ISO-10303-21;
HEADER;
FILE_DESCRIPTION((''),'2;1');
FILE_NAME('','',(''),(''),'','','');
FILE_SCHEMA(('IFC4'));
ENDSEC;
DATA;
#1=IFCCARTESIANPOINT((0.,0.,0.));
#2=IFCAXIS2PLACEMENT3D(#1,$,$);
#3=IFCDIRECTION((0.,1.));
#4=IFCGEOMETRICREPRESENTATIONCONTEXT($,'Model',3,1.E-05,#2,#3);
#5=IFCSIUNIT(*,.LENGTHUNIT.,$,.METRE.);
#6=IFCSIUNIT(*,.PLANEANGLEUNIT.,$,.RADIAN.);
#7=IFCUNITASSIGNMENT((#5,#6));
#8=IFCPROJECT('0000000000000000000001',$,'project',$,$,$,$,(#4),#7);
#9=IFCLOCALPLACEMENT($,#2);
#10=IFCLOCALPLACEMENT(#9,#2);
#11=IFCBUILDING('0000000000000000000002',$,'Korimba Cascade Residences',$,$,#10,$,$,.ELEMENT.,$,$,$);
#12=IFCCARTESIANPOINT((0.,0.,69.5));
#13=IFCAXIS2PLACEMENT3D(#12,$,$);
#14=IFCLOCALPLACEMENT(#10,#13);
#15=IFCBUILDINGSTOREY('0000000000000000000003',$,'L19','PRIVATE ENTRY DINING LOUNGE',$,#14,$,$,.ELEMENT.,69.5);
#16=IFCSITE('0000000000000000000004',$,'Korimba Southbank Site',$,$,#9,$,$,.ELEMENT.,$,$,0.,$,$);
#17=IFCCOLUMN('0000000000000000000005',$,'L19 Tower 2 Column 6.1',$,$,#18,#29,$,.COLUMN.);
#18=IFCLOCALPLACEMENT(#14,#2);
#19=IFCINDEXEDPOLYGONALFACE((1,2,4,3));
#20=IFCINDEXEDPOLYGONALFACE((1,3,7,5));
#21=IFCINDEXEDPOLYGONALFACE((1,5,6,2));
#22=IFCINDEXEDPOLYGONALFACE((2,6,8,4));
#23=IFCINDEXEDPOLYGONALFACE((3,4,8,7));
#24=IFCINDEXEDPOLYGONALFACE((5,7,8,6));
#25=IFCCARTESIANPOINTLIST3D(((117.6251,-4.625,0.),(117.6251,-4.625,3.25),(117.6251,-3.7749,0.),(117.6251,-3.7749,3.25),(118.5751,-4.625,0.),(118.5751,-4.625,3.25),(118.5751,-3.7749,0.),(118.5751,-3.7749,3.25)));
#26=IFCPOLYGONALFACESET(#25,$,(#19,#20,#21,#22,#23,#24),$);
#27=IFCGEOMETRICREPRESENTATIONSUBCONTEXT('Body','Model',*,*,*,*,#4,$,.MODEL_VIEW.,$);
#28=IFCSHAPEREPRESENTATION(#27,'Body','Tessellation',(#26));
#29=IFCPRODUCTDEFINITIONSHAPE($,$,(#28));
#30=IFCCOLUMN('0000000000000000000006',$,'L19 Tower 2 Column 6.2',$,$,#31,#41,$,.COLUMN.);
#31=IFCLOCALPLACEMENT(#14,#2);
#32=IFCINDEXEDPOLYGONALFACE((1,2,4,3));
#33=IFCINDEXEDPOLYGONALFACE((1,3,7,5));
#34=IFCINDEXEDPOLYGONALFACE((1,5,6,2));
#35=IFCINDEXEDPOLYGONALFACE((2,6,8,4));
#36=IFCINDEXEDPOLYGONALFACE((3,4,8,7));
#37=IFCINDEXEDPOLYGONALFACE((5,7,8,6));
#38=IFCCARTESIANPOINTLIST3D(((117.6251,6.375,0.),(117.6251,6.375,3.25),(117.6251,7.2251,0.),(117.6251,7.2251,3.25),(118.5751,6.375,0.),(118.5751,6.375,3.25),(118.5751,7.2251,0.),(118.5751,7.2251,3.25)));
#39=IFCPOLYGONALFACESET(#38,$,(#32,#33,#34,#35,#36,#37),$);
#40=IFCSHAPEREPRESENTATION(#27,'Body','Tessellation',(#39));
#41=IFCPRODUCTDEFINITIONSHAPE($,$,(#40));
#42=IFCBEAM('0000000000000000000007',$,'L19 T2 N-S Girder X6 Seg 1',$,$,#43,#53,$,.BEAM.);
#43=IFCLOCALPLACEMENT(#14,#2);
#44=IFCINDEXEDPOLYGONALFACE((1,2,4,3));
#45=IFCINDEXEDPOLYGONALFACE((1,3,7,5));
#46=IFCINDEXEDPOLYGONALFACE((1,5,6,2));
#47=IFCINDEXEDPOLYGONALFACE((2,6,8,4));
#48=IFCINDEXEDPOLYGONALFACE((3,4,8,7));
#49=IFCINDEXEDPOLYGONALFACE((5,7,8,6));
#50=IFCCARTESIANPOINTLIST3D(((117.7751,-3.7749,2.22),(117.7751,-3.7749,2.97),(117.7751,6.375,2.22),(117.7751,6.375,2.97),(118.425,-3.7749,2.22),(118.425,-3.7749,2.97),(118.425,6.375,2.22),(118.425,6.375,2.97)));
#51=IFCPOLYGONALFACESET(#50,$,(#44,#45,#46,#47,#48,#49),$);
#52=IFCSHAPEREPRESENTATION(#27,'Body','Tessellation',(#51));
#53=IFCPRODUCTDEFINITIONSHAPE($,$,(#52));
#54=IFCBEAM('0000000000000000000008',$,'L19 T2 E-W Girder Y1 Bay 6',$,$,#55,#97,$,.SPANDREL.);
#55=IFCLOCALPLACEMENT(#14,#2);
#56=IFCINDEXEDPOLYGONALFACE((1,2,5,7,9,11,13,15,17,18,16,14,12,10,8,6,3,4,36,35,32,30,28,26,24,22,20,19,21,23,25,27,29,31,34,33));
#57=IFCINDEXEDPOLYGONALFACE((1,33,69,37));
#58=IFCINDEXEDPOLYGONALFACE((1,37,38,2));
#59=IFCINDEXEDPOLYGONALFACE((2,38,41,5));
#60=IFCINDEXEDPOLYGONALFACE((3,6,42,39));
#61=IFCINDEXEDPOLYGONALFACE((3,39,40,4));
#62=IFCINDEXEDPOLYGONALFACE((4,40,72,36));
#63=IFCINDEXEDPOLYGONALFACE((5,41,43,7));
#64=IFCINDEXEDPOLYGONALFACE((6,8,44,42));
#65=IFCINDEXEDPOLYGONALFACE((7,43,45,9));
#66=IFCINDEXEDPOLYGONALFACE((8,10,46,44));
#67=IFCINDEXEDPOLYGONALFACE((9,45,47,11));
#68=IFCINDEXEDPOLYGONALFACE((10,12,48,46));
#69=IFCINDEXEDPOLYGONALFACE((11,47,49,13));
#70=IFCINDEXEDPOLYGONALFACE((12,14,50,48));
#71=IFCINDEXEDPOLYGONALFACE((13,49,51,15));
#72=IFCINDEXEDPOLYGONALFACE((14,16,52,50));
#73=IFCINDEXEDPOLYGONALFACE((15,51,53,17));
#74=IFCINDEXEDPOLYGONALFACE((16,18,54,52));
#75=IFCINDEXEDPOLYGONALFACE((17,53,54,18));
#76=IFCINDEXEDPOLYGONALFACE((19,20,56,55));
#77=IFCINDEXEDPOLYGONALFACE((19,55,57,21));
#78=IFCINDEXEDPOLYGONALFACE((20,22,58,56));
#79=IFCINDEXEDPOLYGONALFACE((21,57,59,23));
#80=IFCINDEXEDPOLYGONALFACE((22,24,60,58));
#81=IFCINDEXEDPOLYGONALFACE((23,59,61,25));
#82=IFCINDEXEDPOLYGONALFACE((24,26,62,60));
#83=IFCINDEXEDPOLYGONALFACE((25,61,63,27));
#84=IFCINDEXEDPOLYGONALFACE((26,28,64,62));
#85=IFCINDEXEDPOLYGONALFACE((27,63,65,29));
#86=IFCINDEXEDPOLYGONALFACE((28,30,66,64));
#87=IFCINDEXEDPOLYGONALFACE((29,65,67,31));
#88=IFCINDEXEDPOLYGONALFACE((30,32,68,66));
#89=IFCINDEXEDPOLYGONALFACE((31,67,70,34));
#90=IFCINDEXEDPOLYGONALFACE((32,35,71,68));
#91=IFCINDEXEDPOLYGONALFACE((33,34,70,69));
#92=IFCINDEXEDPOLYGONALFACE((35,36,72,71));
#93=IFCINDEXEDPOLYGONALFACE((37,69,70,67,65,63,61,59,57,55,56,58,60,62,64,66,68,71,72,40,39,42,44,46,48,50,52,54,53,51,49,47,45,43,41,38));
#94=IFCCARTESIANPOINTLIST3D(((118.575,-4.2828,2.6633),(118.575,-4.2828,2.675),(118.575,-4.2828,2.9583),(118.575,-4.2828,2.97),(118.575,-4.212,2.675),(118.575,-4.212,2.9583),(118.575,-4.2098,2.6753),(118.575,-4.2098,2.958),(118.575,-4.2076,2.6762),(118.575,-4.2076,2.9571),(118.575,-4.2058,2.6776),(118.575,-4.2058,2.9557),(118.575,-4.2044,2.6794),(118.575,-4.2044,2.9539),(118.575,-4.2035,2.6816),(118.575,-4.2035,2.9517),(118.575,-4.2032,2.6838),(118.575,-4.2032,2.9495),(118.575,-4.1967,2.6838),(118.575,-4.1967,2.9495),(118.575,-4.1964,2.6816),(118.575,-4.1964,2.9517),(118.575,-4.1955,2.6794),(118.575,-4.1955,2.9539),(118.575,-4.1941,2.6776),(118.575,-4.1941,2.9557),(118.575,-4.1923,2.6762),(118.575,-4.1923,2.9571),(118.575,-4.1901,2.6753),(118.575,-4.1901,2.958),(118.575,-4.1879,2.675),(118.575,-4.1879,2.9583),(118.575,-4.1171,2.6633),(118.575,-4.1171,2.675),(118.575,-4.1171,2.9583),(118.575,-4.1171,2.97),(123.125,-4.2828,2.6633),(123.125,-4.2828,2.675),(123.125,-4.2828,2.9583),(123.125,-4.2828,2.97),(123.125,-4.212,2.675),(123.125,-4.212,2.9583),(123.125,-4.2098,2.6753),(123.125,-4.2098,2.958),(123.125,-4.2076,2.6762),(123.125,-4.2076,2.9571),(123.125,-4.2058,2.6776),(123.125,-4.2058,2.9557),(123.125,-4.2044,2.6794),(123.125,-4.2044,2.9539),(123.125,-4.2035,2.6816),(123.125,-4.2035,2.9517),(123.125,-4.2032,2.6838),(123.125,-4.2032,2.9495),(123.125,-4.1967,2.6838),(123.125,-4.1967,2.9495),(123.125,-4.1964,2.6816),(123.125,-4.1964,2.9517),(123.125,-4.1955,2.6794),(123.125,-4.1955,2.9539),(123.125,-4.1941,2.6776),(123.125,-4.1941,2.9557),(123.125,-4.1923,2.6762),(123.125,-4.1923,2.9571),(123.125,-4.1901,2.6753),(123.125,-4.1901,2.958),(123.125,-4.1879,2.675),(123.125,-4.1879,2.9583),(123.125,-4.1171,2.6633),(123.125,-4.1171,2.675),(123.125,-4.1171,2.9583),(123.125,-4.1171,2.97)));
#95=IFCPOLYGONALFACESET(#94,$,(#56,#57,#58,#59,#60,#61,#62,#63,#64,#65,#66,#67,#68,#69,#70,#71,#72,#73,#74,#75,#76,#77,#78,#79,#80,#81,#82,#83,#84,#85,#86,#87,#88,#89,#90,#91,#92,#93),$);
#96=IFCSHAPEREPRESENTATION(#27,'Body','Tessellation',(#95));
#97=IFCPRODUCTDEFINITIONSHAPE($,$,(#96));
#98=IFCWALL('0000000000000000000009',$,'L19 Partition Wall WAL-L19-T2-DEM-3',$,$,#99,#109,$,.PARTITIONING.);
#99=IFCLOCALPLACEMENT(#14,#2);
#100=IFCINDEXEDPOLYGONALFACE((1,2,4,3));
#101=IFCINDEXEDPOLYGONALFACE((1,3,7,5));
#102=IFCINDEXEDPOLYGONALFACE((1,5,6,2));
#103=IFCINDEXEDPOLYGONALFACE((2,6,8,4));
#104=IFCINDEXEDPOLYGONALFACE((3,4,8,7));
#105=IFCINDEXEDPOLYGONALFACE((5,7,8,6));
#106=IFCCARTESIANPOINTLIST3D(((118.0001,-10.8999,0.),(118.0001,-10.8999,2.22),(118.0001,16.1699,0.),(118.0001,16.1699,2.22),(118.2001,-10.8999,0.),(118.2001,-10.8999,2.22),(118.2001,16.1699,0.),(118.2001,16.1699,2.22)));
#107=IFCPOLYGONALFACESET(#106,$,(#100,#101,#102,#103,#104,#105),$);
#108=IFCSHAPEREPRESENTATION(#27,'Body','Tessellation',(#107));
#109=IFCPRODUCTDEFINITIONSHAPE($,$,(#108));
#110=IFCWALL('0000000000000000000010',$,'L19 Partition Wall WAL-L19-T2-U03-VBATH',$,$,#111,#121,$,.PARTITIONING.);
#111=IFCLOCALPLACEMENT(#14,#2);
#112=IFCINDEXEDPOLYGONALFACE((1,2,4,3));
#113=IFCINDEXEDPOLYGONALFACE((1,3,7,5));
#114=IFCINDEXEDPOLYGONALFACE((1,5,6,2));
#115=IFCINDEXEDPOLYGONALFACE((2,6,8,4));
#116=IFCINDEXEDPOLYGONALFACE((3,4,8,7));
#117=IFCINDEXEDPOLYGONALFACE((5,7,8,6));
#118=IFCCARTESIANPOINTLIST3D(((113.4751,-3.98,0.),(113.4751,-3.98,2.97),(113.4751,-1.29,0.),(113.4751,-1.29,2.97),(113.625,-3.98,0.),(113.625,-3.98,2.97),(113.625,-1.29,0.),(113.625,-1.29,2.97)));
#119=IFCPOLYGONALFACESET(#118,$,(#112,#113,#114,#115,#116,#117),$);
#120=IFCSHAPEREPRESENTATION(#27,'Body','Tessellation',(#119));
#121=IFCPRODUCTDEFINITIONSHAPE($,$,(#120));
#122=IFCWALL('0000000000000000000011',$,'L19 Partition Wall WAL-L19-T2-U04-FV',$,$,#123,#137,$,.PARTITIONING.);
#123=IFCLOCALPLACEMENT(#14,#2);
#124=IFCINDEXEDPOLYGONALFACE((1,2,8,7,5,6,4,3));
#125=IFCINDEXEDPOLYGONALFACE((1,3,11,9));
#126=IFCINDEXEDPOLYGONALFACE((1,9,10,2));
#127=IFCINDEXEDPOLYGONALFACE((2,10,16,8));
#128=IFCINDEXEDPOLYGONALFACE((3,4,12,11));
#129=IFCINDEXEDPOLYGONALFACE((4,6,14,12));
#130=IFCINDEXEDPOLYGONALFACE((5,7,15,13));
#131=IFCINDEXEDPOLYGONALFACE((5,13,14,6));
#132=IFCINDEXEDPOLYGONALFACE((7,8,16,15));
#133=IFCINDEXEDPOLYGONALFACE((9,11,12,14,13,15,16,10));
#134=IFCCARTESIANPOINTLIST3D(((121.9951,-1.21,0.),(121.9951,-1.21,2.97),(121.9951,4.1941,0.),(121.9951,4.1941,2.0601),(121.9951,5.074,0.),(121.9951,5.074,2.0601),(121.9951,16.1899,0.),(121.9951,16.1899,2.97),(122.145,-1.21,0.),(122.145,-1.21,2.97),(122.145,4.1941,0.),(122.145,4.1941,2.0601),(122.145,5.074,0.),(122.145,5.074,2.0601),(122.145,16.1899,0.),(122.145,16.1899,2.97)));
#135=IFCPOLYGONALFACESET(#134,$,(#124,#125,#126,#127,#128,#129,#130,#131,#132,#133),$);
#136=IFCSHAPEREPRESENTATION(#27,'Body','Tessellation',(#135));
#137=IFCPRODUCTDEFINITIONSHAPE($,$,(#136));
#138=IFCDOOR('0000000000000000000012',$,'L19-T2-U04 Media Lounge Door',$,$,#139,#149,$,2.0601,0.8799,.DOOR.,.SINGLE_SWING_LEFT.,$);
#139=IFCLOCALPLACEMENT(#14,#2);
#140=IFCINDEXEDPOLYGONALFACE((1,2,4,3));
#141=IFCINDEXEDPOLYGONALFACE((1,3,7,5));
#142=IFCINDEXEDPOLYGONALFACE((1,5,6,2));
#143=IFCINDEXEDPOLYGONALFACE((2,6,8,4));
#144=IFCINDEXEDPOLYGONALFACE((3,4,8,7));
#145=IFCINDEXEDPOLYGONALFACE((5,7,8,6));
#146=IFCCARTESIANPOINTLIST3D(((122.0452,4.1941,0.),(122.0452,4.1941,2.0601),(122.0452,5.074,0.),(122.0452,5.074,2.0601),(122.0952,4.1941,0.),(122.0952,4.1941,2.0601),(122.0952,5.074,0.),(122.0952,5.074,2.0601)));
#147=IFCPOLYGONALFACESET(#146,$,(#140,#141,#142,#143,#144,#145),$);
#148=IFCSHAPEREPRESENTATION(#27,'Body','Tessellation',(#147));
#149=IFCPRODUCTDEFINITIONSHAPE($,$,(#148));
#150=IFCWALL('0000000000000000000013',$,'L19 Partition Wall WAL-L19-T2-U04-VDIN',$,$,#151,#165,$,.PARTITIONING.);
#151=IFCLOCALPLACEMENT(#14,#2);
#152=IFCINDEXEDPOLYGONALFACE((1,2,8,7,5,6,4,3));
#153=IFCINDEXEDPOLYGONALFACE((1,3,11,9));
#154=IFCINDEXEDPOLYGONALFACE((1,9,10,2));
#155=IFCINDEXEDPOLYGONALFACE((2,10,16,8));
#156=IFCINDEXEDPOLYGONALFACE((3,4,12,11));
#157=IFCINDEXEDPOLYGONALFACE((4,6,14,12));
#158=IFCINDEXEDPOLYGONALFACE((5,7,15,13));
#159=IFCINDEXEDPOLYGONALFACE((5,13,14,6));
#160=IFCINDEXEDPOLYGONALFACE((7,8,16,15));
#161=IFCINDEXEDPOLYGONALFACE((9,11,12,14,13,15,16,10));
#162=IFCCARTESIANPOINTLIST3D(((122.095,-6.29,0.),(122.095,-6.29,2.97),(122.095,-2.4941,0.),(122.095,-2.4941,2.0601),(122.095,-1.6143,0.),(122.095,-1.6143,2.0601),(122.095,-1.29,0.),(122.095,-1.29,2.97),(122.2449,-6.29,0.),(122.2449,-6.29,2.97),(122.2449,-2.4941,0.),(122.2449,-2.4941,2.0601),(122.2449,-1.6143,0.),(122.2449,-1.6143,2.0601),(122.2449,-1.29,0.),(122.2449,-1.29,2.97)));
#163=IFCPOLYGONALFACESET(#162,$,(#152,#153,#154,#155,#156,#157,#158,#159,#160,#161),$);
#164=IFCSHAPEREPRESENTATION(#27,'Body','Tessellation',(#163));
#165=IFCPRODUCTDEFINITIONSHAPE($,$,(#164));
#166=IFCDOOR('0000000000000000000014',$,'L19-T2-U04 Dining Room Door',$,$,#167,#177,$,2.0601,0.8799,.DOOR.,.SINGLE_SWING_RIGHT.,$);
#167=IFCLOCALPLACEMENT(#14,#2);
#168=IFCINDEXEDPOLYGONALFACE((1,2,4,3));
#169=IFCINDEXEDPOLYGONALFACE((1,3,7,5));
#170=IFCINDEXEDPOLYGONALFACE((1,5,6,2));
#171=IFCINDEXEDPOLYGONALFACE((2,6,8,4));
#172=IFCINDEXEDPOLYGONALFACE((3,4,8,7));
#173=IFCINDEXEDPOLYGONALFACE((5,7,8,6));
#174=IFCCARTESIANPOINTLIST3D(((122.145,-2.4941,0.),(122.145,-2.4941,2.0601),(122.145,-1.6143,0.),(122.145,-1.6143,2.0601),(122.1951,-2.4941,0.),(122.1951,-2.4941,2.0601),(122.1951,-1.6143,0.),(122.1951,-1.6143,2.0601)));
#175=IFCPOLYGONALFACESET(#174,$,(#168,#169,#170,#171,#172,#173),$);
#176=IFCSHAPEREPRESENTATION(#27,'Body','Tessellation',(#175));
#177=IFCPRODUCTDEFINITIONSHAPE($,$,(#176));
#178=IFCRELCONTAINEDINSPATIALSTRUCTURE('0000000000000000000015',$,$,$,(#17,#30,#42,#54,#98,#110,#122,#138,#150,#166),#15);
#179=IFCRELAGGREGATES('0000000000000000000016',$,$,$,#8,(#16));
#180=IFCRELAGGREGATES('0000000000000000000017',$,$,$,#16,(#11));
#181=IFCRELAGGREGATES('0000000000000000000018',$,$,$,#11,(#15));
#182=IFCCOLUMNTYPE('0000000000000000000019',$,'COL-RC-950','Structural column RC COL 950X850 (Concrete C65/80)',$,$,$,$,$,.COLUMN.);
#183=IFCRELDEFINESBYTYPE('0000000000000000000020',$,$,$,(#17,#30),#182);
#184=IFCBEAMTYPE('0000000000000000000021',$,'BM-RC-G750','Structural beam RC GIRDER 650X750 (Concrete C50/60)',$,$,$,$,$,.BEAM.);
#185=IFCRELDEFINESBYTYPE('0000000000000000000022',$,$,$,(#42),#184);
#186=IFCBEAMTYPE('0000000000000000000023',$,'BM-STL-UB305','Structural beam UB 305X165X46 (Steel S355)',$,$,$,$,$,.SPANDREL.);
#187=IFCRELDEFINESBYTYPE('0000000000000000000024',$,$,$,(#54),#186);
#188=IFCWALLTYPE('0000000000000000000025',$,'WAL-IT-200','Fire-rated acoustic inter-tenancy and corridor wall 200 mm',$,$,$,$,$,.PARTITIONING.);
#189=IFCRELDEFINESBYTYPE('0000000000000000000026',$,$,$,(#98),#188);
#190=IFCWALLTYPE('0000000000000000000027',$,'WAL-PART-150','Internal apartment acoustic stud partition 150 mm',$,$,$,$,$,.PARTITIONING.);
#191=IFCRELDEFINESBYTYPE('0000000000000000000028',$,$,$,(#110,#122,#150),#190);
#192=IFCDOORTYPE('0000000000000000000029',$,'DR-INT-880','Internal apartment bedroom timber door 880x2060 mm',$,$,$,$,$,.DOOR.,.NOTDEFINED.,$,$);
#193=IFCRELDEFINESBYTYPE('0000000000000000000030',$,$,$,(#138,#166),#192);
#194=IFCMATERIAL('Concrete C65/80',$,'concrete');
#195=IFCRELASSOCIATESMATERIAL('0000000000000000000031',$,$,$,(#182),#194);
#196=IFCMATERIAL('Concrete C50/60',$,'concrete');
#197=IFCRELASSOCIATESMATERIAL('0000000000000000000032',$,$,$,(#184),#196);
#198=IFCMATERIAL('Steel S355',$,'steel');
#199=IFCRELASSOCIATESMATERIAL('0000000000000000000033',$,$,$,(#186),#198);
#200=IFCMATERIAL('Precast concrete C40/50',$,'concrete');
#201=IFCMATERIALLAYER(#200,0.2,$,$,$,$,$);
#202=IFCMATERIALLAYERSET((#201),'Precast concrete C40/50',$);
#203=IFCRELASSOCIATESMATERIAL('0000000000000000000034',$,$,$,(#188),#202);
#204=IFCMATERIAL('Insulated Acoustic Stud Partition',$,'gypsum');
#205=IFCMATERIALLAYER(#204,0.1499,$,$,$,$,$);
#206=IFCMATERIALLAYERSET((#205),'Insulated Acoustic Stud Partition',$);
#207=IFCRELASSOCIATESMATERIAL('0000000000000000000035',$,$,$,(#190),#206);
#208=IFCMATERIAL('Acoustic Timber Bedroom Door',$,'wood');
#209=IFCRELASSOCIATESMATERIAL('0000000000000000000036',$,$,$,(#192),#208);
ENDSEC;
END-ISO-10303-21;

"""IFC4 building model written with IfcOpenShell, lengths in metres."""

from ifc_helpers import new_model, si_unit, direction, frame, frame_2d, origin, origin_2d, place, context, subcontext, project, spatial, rectangle, i_section, extrude, material, layer, layer_set, material_profile, profile_set, type_object, element, fill, save


model = new_model("IFC4")

# Units and contexts
model_context = context("Model", 3, precision=1e-05, world=origin(), true_north=direction((0.0, 1.0)))
body_context = subcontext(model_context, "Body", "Model", "MODEL_VIEW")
ifc_project = project(units=[si_unit("LENGTHUNIT", "METRE"), si_unit("PLANEANGLEUNIT", "RADIAN")], contexts=[model_context])

# Site, building, storey
site_placement = place(None, origin())
site = spatial("IfcSite", under=ifc_project, at=site_placement, Name="Korimba Southbank Site", CompositionType="ELEMENT", RefElevation=0.0)
building_placement = place(site_placement, origin())
building = spatial("IfcBuilding", under=site, at=building_placement, Name="Korimba Cascade Residences", CompositionType="ELEMENT")
storey_placement = place(building_placement, frame((0.0, 0.0, 69.5)))
storey = spatial("IfcBuildingStorey", under=building, at=storey_placement, Name="L19", Description="PRIVATE ENTRY DINING LOUNGE", CompositionType="ELEMENT", Elevation=69.5)

# Columns
ifc_material_1 = material(Name="Concrete C65/80", Category="concrete")
ifc_material_profile_1 = material_profile(ifc_material_1, rectangle(XDim=0.95, YDim=0.8501, at=origin_2d()), Name="Concrete C65/80")
ifc_profile_set_1 = profile_set([ifc_material_profile_1], Name="Concrete C65/80")
column_type = type_object("IfcColumnType", Name="COL-RC-950", Description="Structural column RC COL 950X850 (Concrete C65/80)", PredefinedType="COLUMN", material=ifc_profile_set_1)
for number, where, z_axis, x_axis, name in (
    (1, (118.1001, -4.2, 0.0), (0.0, 0.0, 1.0), (1.0, 0.0, 0.0), "L19 Tower 2 Column 6.1"),
    (2, (118.1001, 6.8, 0.0), (0.0, 0.0, 1.0), (1.0, 0.0, 0.0), "L19 Tower 2 Column 6.2"),
):
    element("IfcColumn", number, at=place(storey_placement, frame(where, z_axis=z_axis, x_axis=x_axis)), inside=storey, type_object=column_type, Name=name, PredefinedType="COLUMN", context=body_context, shape_type="SweptSolid", body=[
        extrude(rectangle(XDim=0.95, YDim=0.8501, at=origin_2d()), origin(), (0.0, 0.0, 1.0), 3.25),
    ])

# Beams
ifc_material_2 = material(Name="Concrete C50/60", Category="concrete")
ifc_material_profile_2 = material_profile(ifc_material_2, rectangle(XDim=0.6499, YDim=0.75, at=origin_2d()), Name="Concrete C50/60")
ifc_profile_set_2 = profile_set([ifc_material_profile_2], Name="Concrete C50/60")
beam_type_1 = type_object("IfcBeamType", Name="BM-RC-G750", Description="Structural beam RC GIRDER 650X750 (Concrete C50/60)", PredefinedType="BEAM", material=ifc_profile_set_2)
beam_1_placement = place(storey_placement, frame((118.1001, -3.7749, 2.595), z_axis=(0.0, 1.0, 0.0), x_axis=(-1.0, 0.0, 0.0)))
element("IfcBeam", 3, at=beam_1_placement, inside=storey, type_object=beam_type_1, Name="L19 T2 N-S Girder X6 Seg 1", PredefinedType="BEAM", context=body_context, shape_type="SweptSolid", body=[
    extrude(rectangle(XDim=0.6499, YDim=0.75, at=origin_2d()), origin(), (0.0, 0.0, 1.0), 10.1499),
])
ifc_material_3 = material(Name="Steel S355", Category="steel")
ifc_material_profile_3 = material_profile(ifc_material_3, i_section(OverallWidth=0.1658, OverallDepth=0.3066, WebThickness=0.0066, FlangeThickness=0.0117, FilletRadius=0.0088, at=origin_2d()), Name="Steel S355")
ifc_profile_set_3 = profile_set([ifc_material_profile_3], Name="Steel S355")
beam_type_2 = type_object("IfcBeamType", Name="BM-STL-UB305", Description="Structural beam UB 305X165X46 (Steel S355)", PredefinedType="SPANDREL", material=ifc_profile_set_3)
beam_2_placement = place(storey_placement, frame((118.575, -4.2, 2.8167), z_axis=(1.0, 0.0, 0.0), x_axis=(0.0, 1.0, 0.0)))
element("IfcBeam", 4, at=beam_2_placement, inside=storey, type_object=beam_type_2, Name="L19 T2 E-W Girder Y1 Bay 6", PredefinedType="SPANDREL", context=body_context, shape_type="SweptSolid", body=[
    extrude(i_section(OverallWidth=0.1658, OverallDepth=0.3066, WebThickness=0.0066, FlangeThickness=0.0117, FilletRadius=0.0088, at=origin_2d()), origin(), (0.0, 0.0, 1.0), 4.55),
])

# Walls
ifc_material_4 = material(Name="Precast concrete C40/50", Category="concrete")
ifc_layer_1 = layer(ifc_material_4, 0.2)
ifc_layer_set_1 = layer_set([ifc_layer_1], Name="Precast concrete C40/50")
wall_type_1 = type_object("IfcWallType", Name="WAL-IT-200", Description="Fire-rated acoustic inter-tenancy and corridor wall 200 mm", PredefinedType="PARTITIONING", material=ifc_layer_set_1)
wall_1_placement = place(storey_placement, frame((118.1001, -10.8999, 0.0), z_axis=(0.0, 0.0, 1.0), x_axis=(0.0, 1.0, 0.0)))
element("IfcWall", 5, at=wall_1_placement, inside=storey, type_object=wall_type_1, Name="L19 Partition Wall WAL-L19-T2-DEM-3", PredefinedType="PARTITIONING", context=body_context, shape_type="SweptSolid", body=[
    extrude(rectangle(XDim=27.0698, YDim=0.2, at=frame_2d((13.5349, 0.0))), origin(), (0.0, 0.0, 1.0), 2.22),
])
ifc_material_5 = material(Name="Insulated Acoustic Stud Partition", Category="gypsum")
ifc_layer_2 = layer(ifc_material_5, 0.1499)
ifc_layer_set_2 = layer_set([ifc_layer_2], Name="Insulated Acoustic Stud Partition")
wall_type_2 = type_object("IfcWallType", Name="WAL-PART-150", Description="Internal apartment acoustic stud partition 150 mm", PredefinedType="PARTITIONING", material=ifc_layer_set_2)
wall_2_placement = place(storey_placement, frame((113.55, -3.98, 0.0), z_axis=(0.0, 0.0, 1.0), x_axis=(0.0, 1.0, 0.0)))
element("IfcWall", 6, at=wall_2_placement, inside=storey, type_object=wall_type_2, Name="L19 Partition Wall WAL-L19-T2-U03-VBATH", PredefinedType="PARTITIONING", context=body_context, shape_type="SweptSolid", body=[
    extrude(rectangle(XDim=2.6899, YDim=0.1499, at=frame_2d((1.345, 0.0))), origin(), (0.0, 0.0, 1.0), 2.97),
])

# Walls, openings, doors
wall_3_placement = place(storey_placement, frame((122.0701, -1.21, 0.0), z_axis=(0.0, 0.0, 1.0), x_axis=(0.0, 1.0, 0.0)))
wall_3 = element("IfcWall", 7, at=wall_3_placement, inside=storey, type_object=wall_type_2, Name="L19 Partition Wall WAL-L19-T2-U04-FV", PredefinedType="PARTITIONING", context=body_context, shape_type="SweptSolid", body=[
    extrude(rectangle(XDim=17.3999, YDim=0.1499, at=frame_2d((8.7, 0.0))), origin(), (0.0, 0.0, 1.0), 2.97),
])
opening_1_placement = place(wall_3_placement, frame((5.4041, 0.0, 0.0)))
opening_1 = element("IfcOpeningElement", 8, at=opening_1_placement, cuts=wall_3, PredefinedType="OPENING", context=body_context, shape_type="SweptSolid", body=[
    extrude(rectangle(XDim=0.8799, YDim=2.0601, at=frame_2d((0.4399, 1.03))), frame((0.0, 0.085, 0.0), z_axis=(0.0, -1.0, 0.0), x_axis=(1.0, 0.0, 0.0)), (0.0, 0.0, 1.0), 0.1699),
])
ifc_material_6 = material(Name="Acoustic Timber Bedroom Door", Category="wood")
door_type_1 = type_object("IfcDoorType", Name="DR-INT-880", Description="Internal apartment bedroom timber door 880x2060 mm", OperationType="NOTDEFINED", PredefinedType="DOOR", material=ifc_material_6)
door_1_placement = place(opening_1_placement, origin())
door_1 = element("IfcDoor", 9, at=door_1_placement, inside=storey, type_object=door_type_1, Name="L19-T2-U04 Media Lounge Door", OperationType="SINGLE_SWING_LEFT", OverallHeight=2.0601, OverallWidth=0.8799, PredefinedType="DOOR", context=body_context, shape_type="SweptSolid", body=[
    extrude(rectangle(XDim=0.8799, YDim=2.0601, at=frame_2d((0.4399, 1.03))), frame((0.0, 0.0249, 0.0), z_axis=(0.0, -1.0, 0.0), x_axis=(1.0, 0.0, 0.0)), (0.0, 0.0, 1.0), 0.05),
])
fill(opening_1, door_1)
wall_4_placement = place(storey_placement, frame((122.1699, -6.29, 0.0), z_axis=(0.0, 0.0, 1.0), x_axis=(0.0, 1.0, 0.0)))
wall_4 = element("IfcWall", 10, at=wall_4_placement, inside=storey, type_object=wall_type_2, Name="L19 Partition Wall WAL-L19-T2-U04-VDIN", PredefinedType="PARTITIONING", context=body_context, shape_type="SweptSolid", body=[
    extrude(rectangle(XDim=5.0, YDim=0.1499, at=frame_2d((2.5, 0.0))), origin(), (0.0, 0.0, 1.0), 2.97),
])
opening_2_placement = place(wall_4_placement, frame((3.7959, 0.0, 0.0)))
opening_2 = element("IfcOpeningElement", 11, at=opening_2_placement, cuts=wall_4, PredefinedType="OPENING", context=body_context, shape_type="SweptSolid", body=[
    extrude(rectangle(XDim=0.8799, YDim=2.0601, at=frame_2d((0.4399, 1.03))), frame((0.0, 0.085, 0.0), z_axis=(0.0, -1.0, 0.0), x_axis=(1.0, 0.0, 0.0)), (0.0, 0.0, 1.0), 0.1699),
])
door_2_placement = place(opening_2_placement, origin())
door_2 = element("IfcDoor", 12, at=door_2_placement, inside=storey, type_object=door_type_1, Name="L19-T2-U04 Dining Room Door", OperationType="SINGLE_SWING_RIGHT", OverallHeight=2.0601, OverallWidth=0.8799, PredefinedType="DOOR", context=body_context, shape_type="SweptSolid", body=[
    extrude(rectangle(XDim=0.8799, YDim=2.0601, at=frame_2d((0.4399, 1.03))), frame((0.0, 0.0249, 0.0), z_axis=(0.0, -1.0, 0.0), x_axis=(1.0, 0.0, 0.0)), (0.0, 0.0, 1.0), 0.05),
])
fill(opening_2, door_2)

save(model, "model.ifc")
